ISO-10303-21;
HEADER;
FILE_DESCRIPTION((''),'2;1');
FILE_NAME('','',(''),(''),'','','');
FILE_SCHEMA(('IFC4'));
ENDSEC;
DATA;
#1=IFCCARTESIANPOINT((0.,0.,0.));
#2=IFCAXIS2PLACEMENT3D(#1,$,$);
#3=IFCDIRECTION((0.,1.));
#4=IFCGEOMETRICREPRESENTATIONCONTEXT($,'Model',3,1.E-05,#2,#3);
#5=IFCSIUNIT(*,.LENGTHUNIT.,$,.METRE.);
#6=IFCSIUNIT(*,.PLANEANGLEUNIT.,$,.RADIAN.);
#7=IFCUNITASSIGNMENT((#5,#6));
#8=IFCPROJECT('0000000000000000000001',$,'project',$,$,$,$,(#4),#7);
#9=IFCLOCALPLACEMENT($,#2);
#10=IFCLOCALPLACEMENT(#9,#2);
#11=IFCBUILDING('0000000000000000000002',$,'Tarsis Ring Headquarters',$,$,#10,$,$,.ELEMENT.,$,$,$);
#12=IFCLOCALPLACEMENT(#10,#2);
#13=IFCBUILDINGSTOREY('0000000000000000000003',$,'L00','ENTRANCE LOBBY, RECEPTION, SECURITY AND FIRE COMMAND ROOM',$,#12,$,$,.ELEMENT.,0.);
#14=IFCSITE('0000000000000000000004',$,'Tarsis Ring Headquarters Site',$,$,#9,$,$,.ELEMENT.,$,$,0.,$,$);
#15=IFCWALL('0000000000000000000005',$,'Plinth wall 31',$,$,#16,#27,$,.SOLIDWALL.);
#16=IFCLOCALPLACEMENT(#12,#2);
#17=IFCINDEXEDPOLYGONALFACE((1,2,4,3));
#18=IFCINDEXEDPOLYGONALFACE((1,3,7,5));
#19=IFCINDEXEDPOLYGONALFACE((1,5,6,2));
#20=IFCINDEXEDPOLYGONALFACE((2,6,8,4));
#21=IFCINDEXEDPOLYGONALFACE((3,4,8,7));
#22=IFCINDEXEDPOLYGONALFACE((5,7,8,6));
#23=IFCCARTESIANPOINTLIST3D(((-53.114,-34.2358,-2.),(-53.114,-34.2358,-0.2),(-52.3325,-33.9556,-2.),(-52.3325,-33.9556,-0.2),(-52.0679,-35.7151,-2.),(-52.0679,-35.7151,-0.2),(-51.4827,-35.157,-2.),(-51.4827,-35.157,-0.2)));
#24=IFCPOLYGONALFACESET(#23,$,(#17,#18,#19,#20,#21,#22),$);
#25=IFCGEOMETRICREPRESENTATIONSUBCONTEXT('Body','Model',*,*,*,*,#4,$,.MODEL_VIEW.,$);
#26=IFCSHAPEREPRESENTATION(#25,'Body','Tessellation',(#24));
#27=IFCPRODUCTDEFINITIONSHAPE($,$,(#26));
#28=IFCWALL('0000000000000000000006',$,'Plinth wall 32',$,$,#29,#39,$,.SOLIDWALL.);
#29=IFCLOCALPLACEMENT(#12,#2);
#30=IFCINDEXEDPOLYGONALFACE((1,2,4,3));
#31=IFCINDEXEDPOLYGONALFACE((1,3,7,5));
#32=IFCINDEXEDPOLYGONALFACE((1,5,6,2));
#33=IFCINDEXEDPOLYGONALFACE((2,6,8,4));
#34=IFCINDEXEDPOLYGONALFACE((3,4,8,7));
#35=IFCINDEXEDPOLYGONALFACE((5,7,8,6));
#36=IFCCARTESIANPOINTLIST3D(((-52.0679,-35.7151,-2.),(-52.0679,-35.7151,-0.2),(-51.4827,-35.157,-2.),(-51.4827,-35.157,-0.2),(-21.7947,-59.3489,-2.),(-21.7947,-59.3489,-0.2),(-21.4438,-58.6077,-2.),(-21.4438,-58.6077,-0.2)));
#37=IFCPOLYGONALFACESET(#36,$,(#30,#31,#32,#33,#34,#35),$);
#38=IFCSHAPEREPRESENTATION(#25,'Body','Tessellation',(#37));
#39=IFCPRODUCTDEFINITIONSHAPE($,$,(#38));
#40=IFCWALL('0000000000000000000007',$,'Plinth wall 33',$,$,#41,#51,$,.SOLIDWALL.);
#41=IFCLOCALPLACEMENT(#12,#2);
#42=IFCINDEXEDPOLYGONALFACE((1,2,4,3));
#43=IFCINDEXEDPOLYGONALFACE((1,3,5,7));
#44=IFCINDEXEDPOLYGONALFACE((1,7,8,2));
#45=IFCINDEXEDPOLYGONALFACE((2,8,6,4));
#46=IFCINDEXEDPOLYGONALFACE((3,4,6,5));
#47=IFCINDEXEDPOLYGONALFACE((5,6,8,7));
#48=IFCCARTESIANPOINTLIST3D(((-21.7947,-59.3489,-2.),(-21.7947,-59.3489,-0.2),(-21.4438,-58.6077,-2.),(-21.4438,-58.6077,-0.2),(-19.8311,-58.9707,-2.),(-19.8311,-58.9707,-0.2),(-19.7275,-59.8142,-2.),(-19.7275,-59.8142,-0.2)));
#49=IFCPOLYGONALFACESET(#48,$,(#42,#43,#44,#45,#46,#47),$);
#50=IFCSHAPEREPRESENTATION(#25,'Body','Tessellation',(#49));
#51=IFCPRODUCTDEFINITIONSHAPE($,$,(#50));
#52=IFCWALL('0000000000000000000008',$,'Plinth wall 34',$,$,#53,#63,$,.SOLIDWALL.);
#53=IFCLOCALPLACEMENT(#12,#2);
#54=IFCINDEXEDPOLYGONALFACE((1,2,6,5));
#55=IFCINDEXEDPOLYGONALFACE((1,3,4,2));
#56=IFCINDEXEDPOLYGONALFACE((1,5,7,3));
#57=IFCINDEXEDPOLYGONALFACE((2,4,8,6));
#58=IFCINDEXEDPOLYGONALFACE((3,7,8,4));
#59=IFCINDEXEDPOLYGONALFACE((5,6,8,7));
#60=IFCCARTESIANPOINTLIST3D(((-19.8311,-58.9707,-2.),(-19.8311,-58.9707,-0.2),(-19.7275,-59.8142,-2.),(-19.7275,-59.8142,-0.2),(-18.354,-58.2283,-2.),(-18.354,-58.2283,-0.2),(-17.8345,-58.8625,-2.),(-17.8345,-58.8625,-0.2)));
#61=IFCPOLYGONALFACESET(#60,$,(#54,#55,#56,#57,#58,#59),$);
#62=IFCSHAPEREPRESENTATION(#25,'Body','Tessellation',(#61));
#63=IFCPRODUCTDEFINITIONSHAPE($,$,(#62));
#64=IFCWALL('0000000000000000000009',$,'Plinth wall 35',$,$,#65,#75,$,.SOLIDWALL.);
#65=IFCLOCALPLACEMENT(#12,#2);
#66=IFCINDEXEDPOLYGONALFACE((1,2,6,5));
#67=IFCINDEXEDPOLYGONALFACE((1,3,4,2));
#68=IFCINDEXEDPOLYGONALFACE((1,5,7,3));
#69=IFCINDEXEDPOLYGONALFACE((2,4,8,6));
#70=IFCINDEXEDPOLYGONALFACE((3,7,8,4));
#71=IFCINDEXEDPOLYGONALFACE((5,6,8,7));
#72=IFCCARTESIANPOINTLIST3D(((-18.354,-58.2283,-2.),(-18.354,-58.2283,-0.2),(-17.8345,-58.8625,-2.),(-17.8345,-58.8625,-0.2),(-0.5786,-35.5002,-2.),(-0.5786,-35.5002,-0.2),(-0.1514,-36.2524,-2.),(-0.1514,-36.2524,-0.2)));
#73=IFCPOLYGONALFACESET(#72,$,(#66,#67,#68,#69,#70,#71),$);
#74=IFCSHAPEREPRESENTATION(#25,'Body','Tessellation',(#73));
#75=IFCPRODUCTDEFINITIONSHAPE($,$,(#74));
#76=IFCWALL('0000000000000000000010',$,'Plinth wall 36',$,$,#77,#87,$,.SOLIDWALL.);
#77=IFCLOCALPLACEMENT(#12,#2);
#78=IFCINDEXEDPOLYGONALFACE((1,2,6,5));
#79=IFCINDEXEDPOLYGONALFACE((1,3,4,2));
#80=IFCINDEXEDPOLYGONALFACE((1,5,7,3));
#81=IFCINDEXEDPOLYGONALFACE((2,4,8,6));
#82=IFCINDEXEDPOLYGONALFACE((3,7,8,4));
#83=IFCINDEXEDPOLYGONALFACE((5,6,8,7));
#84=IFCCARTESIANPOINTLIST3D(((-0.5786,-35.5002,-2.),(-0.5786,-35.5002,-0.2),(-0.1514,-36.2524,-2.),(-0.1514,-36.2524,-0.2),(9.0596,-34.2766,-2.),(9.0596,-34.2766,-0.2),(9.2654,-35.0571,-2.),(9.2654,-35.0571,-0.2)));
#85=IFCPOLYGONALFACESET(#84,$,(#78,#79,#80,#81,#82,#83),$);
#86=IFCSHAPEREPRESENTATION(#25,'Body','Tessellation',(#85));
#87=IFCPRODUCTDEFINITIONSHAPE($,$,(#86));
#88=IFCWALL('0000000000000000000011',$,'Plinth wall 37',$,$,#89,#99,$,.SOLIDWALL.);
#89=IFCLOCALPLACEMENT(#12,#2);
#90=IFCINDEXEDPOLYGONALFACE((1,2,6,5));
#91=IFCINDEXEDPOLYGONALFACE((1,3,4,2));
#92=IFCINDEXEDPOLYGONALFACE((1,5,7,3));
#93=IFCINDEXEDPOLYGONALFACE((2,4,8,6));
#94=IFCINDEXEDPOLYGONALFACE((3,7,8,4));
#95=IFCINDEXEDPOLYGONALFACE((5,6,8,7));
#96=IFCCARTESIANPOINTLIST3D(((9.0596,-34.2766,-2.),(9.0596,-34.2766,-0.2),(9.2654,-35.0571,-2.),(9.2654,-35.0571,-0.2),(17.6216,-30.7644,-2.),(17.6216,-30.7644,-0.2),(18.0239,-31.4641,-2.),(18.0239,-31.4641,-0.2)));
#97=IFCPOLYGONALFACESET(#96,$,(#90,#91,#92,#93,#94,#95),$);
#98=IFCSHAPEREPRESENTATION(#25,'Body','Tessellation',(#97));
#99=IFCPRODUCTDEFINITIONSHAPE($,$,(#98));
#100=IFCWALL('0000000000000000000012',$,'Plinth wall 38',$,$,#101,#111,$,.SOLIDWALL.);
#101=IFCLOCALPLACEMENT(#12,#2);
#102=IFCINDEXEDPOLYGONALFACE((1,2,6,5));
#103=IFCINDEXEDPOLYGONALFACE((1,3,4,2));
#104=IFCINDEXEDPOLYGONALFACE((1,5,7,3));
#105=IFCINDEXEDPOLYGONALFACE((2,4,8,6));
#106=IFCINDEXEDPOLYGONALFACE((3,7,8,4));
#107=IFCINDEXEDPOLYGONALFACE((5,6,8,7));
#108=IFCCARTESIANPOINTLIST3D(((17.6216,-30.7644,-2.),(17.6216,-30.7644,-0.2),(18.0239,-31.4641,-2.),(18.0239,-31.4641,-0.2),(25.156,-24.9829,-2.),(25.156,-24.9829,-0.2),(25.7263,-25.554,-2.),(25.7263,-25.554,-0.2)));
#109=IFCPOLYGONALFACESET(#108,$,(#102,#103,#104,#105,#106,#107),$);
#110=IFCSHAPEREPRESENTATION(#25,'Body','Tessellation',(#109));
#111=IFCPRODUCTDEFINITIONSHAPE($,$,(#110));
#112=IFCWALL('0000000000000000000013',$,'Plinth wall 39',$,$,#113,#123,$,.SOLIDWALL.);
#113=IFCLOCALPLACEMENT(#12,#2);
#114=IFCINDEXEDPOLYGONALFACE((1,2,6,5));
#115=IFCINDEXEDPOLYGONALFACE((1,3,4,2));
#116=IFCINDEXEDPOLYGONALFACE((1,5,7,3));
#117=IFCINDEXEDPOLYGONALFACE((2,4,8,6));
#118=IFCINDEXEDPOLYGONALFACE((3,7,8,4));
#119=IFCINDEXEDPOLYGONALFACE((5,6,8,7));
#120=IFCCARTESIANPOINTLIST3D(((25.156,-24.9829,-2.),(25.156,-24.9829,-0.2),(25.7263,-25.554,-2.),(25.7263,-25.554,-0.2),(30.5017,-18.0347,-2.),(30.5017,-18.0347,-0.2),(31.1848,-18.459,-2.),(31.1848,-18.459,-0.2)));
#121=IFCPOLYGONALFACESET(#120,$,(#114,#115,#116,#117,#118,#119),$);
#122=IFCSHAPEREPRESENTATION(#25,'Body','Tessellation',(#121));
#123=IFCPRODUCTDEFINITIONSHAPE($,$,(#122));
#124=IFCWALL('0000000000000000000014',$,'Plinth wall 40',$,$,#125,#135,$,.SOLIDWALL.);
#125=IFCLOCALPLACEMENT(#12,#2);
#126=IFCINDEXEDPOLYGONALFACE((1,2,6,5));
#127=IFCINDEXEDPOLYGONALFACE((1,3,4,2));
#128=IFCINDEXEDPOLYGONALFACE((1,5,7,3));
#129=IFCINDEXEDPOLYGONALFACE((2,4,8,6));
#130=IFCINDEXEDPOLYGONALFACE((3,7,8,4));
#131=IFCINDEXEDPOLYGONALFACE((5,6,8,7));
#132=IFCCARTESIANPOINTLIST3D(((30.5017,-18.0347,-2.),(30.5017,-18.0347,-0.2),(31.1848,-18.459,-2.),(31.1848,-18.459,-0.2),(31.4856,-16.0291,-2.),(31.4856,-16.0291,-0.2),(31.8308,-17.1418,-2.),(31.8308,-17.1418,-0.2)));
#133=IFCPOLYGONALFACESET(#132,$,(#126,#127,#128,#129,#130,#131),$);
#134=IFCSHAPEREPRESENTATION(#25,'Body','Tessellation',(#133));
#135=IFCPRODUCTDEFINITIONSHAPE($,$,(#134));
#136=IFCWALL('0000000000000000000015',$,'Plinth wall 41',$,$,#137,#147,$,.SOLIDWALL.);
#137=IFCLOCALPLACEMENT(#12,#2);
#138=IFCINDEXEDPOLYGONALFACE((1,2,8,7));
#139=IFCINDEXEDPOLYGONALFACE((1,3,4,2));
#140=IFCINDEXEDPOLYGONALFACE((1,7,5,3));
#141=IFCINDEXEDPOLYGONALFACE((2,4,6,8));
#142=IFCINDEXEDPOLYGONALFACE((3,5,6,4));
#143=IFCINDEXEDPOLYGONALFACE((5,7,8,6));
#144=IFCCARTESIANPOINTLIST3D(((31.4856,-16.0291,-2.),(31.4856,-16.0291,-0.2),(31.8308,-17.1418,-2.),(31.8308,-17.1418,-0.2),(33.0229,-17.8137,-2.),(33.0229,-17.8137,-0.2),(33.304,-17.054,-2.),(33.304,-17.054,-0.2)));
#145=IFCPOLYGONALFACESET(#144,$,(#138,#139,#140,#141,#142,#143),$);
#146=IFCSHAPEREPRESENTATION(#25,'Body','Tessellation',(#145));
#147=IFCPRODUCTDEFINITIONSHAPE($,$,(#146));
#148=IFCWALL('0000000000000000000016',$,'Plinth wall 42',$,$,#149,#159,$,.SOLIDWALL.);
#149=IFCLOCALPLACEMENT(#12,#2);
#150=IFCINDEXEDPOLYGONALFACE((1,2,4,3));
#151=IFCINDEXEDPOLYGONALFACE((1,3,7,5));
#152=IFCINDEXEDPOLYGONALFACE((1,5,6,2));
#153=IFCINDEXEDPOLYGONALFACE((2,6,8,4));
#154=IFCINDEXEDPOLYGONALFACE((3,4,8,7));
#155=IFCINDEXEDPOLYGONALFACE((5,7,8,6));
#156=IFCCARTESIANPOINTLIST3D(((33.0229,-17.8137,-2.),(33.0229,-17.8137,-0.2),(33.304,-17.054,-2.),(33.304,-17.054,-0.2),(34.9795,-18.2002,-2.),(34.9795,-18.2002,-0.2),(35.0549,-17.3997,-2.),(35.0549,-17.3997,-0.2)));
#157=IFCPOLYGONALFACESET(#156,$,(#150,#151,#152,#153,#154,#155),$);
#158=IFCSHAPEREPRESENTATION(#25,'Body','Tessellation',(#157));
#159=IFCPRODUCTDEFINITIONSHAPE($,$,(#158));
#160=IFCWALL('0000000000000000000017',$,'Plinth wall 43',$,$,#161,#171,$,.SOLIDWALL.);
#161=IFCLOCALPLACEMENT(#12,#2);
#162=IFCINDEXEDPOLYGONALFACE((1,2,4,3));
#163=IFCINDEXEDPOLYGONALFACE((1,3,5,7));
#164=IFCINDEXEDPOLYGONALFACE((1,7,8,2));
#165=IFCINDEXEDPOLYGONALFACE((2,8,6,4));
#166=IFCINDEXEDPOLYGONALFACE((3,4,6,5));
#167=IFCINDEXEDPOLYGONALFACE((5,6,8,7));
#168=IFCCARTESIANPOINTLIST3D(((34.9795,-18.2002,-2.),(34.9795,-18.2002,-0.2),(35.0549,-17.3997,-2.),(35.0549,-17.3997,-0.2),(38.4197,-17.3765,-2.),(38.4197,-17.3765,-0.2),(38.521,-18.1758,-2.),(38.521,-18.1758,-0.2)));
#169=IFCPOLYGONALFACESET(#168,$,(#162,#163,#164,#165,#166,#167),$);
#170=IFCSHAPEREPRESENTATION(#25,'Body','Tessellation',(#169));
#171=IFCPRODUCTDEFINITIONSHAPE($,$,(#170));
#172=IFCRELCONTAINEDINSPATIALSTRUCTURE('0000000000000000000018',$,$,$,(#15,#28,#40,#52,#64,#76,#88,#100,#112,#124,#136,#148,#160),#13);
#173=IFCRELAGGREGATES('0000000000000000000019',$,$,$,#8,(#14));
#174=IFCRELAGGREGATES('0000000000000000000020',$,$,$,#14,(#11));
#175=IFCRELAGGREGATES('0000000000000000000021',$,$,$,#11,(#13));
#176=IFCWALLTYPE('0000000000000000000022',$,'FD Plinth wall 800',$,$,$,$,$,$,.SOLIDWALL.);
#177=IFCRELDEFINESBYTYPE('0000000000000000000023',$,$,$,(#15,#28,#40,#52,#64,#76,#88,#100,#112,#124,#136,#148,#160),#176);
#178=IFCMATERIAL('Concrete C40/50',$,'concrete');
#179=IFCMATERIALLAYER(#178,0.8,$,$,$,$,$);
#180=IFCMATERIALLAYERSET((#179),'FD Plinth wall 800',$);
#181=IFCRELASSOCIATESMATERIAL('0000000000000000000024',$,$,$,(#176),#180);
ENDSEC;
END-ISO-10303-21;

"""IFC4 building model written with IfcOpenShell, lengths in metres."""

from ifc_helpers import new_model, si_unit, direction, frame, origin, place, context, subcontext, project, spatial, polyline, outline, extrude, material, layer, layer_set, type_object, element, save


model = new_model("IFC4")

# Units and contexts
model_context = context("Model", 3, precision=1e-05, world=origin(), true_north=direction((0.0, 1.0)))
body_context = subcontext(model_context, "Body", "Model", "MODEL_VIEW")
ifc_project = project(units=[si_unit("LENGTHUNIT", "METRE"), si_unit("PLANEANGLEUNIT", "RADIAN")], contexts=[model_context])

# Site, building, storey
site_placement = place(None, origin())
site = spatial("IfcSite", under=ifc_project, at=site_placement, Name="Tarsis Ring Headquarters Site", CompositionType="ELEMENT", RefElevation=0.0)
building_placement = place(site_placement, origin())
building = spatial("IfcBuilding", under=site, at=building_placement, Name="Tarsis Ring Headquarters", CompositionType="ELEMENT")
storey_placement = place(building_placement, origin())
storey = spatial("IfcBuildingStorey", under=building, at=storey_placement, Name="L00", Description="ENTRANCE LOBBY, RECEPTION, SECURITY AND FIRE COMMAND ROOM", CompositionType="ELEMENT", Elevation=0.0)

# Shared definitions
ifc_material_1 = material(Name="Concrete C40/50", Category="concrete")

# Walls
ifc_layer_1 = layer(ifc_material_1, 0.8)
ifc_layer_set_1 = layer_set([ifc_layer_1], Name="FD Plinth wall 800")
wall_type = type_object("IfcWallType", Name="FD Plinth wall 800", PredefinedType="SOLIDWALL", material=ifc_layer_set_1)
wall_1_placement = place(storey_placement, frame((0.0, 0.0, -2.0)))
element("IfcWall", 1, at=wall_1_placement, inside=storey, type_object=wall_type, Name="Plinth wall 31", PredefinedType="SOLIDWALL", context=body_context, shape_type="SweptSolid", body=[
    extrude(outline(polyline([(-53.114, -34.2358), (-52.0679, -35.7151), (-51.4827, -35.157), (-52.3325, -33.9556), (-53.114, -34.2358)])), origin(), (0.0, 0.0, 1.0), 1.8),
])
wall_2_placement = place(storey_placement, frame((0.0, 0.0, -2.0)))
element("IfcWall", 2, at=wall_2_placement, inside=storey, type_object=wall_type, Name="Plinth wall 32", PredefinedType="SOLIDWALL", context=body_context, shape_type="SweptSolid", body=[
    extrude(outline(polyline([(-52.0679, -35.7151), (-21.7947, -59.3489), (-21.4438, -58.6077), (-51.4827, -35.157), (-52.0679, -35.7151)])), origin(), (0.0, 0.0, 1.0), 1.8),
])
wall_3_placement = place(storey_placement, frame((0.0, 0.0, -2.0)))
element("IfcWall", 3, at=wall_3_placement, inside=storey, type_object=wall_type, Name="Plinth wall 33", PredefinedType="SOLIDWALL", context=body_context, shape_type="SweptSolid", body=[
    extrude(outline(polyline([(-21.7947, -59.3489), (-19.7275, -59.8142), (-19.8311, -58.9707), (-21.4438, -58.6077), (-21.7947, -59.3489)])), origin(), (0.0, 0.0, 1.0), 1.8),
])
wall_4_placement = place(storey_placement, frame((0.0, 0.0, -2.0)))
element("IfcWall", 4, at=wall_4_placement, inside=storey, type_object=wall_type, Name="Plinth wall 34", PredefinedType="SOLIDWALL", context=body_context, shape_type="SweptSolid", body=[
    extrude(outline(polyline([(-19.7275, -59.8142), (-17.8345, -58.8625), (-18.354, -58.2283), (-19.8311, -58.9707), (-19.7275, -59.8142)])), origin(), (0.0, 0.0, 1.0), 1.8),
])
wall_5_placement = place(storey_placement, frame((0.0, 0.0, -2.0)))
element("IfcWall", 5, at=wall_5_placement, inside=storey, type_object=wall_type, Name="Plinth wall 35", PredefinedType="SOLIDWALL", context=body_context, shape_type="SweptSolid", body=[
    extrude(outline(polyline([(-17.8345, -58.8625), (-0.1514, -36.2524), (-0.5786, -35.5002), (-18.354, -58.2283), (-17.8345, -58.8625)])), origin(), (0.0, 0.0, 1.0), 1.8),
])
wall_6_placement = place(storey_placement, frame((0.0, 0.0, -2.0)))
element("IfcWall", 6, at=wall_6_placement, inside=storey, type_object=wall_type, Name="Plinth wall 36", PredefinedType="SOLIDWALL", context=body_context, shape_type="SweptSolid", body=[
    extrude(outline(polyline([(-0.1514, -36.2524), (9.2654, -35.0571), (9.0596, -34.2766), (-0.5786, -35.5002), (-0.1514, -36.2524)])), origin(), (0.0, 0.0, 1.0), 1.8),
])
wall_7_placement = place(storey_placement, frame((0.0, 0.0, -2.0)))
element("IfcWall", 7, at=wall_7_placement, inside=storey, type_object=wall_type, Name="Plinth wall 37", PredefinedType="SOLIDWALL", context=body_context, shape_type="SweptSolid", body=[
    extrude(outline(polyline([(9.2654, -35.0571), (18.0239, -31.4641), (17.6216, -30.7644), (9.0596, -34.2766), (9.2654, -35.0571)])), origin(), (0.0, 0.0, 1.0), 1.8),
])
wall_8_placement = place(storey_placement, frame((0.0, 0.0, -2.0)))
element("IfcWall", 8, at=wall_8_placement, inside=storey, type_object=wall_type, Name="Plinth wall 38", PredefinedType="SOLIDWALL", context=body_context, shape_type="SweptSolid", body=[
    extrude(outline(polyline([(18.0239, -31.4641), (25.7263, -25.554), (25.156, -24.9829), (17.6216, -30.7644), (18.0239, -31.4641)])), origin(), (0.0, 0.0, 1.0), 1.8),
])
wall_9_placement = place(storey_placement, frame((0.0, 0.0, -2.0)))
element("IfcWall", 9, at=wall_9_placement, inside=storey, type_object=wall_type, Name="Plinth wall 39", PredefinedType="SOLIDWALL", context=body_context, shape_type="SweptSolid", body=[
    extrude(outline(polyline([(25.7263, -25.554), (31.1848, -18.459), (30.5017, -18.0347), (25.156, -24.9829), (25.7263, -25.554)])), origin(), (0.0, 0.0, 1.0), 1.8),
])
wall_10_placement = place(storey_placement, frame((0.0, 0.0, -2.0)))
element("IfcWall", 10, at=wall_10_placement, inside=storey, type_object=wall_type, Name="Plinth wall 40", PredefinedType="SOLIDWALL", context=body_context, shape_type="SweptSolid", body=[
    extrude(outline(polyline([(31.1848, -18.459), (31.8308, -17.1418), (31.4856, -16.0291), (30.5017, -18.0347), (31.1848, -18.459)])), origin(), (0.0, 0.0, 1.0), 1.8),
])
wall_11_placement = place(storey_placement, frame((0.0, 0.0, -2.0)))
element("IfcWall", 11, at=wall_11_placement, inside=storey, type_object=wall_type, Name="Plinth wall 41", PredefinedType="SOLIDWALL", context=body_context, shape_type="SweptSolid", body=[
    extrude(outline(polyline([(31.8308, -17.1418), (33.0229, -17.8137), (33.304, -17.054), (31.4856, -16.0291), (31.8308, -17.1418)])), origin(), (0.0, 0.0, 1.0), 1.8),
])
wall_12_placement = place(storey_placement, frame((0.0, 0.0, -2.0)))
element("IfcWall", 12, at=wall_12_placement, inside=storey, type_object=wall_type, Name="Plinth wall 42", PredefinedType="SOLIDWALL", context=body_context, shape_type="SweptSolid", body=[
    extrude(outline(polyline([(33.0229, -17.8137), (34.9795, -18.2002), (35.0549, -17.3997), (33.304, -17.054), (33.0229, -17.8137)])), origin(), (0.0, 0.0, 1.0), 1.8),
])
wall_13_placement = place(storey_placement, frame((0.0, 0.0, -2.0)))
element("IfcWall", 13, at=wall_13_placement, inside=storey, type_object=wall_type, Name="Plinth wall 43", PredefinedType="SOLIDWALL", context=body_context, shape_type="SweptSolid", body=[
    extrude(outline(polyline([(34.9795, -18.2002), (38.521, -18.1758), (38.4197, -17.3765), (35.0549, -17.3997), (34.9795, -18.2002)])), origin(), (0.0, 0.0, 1.0), 1.8),
])

save(model, "model.ifc")
